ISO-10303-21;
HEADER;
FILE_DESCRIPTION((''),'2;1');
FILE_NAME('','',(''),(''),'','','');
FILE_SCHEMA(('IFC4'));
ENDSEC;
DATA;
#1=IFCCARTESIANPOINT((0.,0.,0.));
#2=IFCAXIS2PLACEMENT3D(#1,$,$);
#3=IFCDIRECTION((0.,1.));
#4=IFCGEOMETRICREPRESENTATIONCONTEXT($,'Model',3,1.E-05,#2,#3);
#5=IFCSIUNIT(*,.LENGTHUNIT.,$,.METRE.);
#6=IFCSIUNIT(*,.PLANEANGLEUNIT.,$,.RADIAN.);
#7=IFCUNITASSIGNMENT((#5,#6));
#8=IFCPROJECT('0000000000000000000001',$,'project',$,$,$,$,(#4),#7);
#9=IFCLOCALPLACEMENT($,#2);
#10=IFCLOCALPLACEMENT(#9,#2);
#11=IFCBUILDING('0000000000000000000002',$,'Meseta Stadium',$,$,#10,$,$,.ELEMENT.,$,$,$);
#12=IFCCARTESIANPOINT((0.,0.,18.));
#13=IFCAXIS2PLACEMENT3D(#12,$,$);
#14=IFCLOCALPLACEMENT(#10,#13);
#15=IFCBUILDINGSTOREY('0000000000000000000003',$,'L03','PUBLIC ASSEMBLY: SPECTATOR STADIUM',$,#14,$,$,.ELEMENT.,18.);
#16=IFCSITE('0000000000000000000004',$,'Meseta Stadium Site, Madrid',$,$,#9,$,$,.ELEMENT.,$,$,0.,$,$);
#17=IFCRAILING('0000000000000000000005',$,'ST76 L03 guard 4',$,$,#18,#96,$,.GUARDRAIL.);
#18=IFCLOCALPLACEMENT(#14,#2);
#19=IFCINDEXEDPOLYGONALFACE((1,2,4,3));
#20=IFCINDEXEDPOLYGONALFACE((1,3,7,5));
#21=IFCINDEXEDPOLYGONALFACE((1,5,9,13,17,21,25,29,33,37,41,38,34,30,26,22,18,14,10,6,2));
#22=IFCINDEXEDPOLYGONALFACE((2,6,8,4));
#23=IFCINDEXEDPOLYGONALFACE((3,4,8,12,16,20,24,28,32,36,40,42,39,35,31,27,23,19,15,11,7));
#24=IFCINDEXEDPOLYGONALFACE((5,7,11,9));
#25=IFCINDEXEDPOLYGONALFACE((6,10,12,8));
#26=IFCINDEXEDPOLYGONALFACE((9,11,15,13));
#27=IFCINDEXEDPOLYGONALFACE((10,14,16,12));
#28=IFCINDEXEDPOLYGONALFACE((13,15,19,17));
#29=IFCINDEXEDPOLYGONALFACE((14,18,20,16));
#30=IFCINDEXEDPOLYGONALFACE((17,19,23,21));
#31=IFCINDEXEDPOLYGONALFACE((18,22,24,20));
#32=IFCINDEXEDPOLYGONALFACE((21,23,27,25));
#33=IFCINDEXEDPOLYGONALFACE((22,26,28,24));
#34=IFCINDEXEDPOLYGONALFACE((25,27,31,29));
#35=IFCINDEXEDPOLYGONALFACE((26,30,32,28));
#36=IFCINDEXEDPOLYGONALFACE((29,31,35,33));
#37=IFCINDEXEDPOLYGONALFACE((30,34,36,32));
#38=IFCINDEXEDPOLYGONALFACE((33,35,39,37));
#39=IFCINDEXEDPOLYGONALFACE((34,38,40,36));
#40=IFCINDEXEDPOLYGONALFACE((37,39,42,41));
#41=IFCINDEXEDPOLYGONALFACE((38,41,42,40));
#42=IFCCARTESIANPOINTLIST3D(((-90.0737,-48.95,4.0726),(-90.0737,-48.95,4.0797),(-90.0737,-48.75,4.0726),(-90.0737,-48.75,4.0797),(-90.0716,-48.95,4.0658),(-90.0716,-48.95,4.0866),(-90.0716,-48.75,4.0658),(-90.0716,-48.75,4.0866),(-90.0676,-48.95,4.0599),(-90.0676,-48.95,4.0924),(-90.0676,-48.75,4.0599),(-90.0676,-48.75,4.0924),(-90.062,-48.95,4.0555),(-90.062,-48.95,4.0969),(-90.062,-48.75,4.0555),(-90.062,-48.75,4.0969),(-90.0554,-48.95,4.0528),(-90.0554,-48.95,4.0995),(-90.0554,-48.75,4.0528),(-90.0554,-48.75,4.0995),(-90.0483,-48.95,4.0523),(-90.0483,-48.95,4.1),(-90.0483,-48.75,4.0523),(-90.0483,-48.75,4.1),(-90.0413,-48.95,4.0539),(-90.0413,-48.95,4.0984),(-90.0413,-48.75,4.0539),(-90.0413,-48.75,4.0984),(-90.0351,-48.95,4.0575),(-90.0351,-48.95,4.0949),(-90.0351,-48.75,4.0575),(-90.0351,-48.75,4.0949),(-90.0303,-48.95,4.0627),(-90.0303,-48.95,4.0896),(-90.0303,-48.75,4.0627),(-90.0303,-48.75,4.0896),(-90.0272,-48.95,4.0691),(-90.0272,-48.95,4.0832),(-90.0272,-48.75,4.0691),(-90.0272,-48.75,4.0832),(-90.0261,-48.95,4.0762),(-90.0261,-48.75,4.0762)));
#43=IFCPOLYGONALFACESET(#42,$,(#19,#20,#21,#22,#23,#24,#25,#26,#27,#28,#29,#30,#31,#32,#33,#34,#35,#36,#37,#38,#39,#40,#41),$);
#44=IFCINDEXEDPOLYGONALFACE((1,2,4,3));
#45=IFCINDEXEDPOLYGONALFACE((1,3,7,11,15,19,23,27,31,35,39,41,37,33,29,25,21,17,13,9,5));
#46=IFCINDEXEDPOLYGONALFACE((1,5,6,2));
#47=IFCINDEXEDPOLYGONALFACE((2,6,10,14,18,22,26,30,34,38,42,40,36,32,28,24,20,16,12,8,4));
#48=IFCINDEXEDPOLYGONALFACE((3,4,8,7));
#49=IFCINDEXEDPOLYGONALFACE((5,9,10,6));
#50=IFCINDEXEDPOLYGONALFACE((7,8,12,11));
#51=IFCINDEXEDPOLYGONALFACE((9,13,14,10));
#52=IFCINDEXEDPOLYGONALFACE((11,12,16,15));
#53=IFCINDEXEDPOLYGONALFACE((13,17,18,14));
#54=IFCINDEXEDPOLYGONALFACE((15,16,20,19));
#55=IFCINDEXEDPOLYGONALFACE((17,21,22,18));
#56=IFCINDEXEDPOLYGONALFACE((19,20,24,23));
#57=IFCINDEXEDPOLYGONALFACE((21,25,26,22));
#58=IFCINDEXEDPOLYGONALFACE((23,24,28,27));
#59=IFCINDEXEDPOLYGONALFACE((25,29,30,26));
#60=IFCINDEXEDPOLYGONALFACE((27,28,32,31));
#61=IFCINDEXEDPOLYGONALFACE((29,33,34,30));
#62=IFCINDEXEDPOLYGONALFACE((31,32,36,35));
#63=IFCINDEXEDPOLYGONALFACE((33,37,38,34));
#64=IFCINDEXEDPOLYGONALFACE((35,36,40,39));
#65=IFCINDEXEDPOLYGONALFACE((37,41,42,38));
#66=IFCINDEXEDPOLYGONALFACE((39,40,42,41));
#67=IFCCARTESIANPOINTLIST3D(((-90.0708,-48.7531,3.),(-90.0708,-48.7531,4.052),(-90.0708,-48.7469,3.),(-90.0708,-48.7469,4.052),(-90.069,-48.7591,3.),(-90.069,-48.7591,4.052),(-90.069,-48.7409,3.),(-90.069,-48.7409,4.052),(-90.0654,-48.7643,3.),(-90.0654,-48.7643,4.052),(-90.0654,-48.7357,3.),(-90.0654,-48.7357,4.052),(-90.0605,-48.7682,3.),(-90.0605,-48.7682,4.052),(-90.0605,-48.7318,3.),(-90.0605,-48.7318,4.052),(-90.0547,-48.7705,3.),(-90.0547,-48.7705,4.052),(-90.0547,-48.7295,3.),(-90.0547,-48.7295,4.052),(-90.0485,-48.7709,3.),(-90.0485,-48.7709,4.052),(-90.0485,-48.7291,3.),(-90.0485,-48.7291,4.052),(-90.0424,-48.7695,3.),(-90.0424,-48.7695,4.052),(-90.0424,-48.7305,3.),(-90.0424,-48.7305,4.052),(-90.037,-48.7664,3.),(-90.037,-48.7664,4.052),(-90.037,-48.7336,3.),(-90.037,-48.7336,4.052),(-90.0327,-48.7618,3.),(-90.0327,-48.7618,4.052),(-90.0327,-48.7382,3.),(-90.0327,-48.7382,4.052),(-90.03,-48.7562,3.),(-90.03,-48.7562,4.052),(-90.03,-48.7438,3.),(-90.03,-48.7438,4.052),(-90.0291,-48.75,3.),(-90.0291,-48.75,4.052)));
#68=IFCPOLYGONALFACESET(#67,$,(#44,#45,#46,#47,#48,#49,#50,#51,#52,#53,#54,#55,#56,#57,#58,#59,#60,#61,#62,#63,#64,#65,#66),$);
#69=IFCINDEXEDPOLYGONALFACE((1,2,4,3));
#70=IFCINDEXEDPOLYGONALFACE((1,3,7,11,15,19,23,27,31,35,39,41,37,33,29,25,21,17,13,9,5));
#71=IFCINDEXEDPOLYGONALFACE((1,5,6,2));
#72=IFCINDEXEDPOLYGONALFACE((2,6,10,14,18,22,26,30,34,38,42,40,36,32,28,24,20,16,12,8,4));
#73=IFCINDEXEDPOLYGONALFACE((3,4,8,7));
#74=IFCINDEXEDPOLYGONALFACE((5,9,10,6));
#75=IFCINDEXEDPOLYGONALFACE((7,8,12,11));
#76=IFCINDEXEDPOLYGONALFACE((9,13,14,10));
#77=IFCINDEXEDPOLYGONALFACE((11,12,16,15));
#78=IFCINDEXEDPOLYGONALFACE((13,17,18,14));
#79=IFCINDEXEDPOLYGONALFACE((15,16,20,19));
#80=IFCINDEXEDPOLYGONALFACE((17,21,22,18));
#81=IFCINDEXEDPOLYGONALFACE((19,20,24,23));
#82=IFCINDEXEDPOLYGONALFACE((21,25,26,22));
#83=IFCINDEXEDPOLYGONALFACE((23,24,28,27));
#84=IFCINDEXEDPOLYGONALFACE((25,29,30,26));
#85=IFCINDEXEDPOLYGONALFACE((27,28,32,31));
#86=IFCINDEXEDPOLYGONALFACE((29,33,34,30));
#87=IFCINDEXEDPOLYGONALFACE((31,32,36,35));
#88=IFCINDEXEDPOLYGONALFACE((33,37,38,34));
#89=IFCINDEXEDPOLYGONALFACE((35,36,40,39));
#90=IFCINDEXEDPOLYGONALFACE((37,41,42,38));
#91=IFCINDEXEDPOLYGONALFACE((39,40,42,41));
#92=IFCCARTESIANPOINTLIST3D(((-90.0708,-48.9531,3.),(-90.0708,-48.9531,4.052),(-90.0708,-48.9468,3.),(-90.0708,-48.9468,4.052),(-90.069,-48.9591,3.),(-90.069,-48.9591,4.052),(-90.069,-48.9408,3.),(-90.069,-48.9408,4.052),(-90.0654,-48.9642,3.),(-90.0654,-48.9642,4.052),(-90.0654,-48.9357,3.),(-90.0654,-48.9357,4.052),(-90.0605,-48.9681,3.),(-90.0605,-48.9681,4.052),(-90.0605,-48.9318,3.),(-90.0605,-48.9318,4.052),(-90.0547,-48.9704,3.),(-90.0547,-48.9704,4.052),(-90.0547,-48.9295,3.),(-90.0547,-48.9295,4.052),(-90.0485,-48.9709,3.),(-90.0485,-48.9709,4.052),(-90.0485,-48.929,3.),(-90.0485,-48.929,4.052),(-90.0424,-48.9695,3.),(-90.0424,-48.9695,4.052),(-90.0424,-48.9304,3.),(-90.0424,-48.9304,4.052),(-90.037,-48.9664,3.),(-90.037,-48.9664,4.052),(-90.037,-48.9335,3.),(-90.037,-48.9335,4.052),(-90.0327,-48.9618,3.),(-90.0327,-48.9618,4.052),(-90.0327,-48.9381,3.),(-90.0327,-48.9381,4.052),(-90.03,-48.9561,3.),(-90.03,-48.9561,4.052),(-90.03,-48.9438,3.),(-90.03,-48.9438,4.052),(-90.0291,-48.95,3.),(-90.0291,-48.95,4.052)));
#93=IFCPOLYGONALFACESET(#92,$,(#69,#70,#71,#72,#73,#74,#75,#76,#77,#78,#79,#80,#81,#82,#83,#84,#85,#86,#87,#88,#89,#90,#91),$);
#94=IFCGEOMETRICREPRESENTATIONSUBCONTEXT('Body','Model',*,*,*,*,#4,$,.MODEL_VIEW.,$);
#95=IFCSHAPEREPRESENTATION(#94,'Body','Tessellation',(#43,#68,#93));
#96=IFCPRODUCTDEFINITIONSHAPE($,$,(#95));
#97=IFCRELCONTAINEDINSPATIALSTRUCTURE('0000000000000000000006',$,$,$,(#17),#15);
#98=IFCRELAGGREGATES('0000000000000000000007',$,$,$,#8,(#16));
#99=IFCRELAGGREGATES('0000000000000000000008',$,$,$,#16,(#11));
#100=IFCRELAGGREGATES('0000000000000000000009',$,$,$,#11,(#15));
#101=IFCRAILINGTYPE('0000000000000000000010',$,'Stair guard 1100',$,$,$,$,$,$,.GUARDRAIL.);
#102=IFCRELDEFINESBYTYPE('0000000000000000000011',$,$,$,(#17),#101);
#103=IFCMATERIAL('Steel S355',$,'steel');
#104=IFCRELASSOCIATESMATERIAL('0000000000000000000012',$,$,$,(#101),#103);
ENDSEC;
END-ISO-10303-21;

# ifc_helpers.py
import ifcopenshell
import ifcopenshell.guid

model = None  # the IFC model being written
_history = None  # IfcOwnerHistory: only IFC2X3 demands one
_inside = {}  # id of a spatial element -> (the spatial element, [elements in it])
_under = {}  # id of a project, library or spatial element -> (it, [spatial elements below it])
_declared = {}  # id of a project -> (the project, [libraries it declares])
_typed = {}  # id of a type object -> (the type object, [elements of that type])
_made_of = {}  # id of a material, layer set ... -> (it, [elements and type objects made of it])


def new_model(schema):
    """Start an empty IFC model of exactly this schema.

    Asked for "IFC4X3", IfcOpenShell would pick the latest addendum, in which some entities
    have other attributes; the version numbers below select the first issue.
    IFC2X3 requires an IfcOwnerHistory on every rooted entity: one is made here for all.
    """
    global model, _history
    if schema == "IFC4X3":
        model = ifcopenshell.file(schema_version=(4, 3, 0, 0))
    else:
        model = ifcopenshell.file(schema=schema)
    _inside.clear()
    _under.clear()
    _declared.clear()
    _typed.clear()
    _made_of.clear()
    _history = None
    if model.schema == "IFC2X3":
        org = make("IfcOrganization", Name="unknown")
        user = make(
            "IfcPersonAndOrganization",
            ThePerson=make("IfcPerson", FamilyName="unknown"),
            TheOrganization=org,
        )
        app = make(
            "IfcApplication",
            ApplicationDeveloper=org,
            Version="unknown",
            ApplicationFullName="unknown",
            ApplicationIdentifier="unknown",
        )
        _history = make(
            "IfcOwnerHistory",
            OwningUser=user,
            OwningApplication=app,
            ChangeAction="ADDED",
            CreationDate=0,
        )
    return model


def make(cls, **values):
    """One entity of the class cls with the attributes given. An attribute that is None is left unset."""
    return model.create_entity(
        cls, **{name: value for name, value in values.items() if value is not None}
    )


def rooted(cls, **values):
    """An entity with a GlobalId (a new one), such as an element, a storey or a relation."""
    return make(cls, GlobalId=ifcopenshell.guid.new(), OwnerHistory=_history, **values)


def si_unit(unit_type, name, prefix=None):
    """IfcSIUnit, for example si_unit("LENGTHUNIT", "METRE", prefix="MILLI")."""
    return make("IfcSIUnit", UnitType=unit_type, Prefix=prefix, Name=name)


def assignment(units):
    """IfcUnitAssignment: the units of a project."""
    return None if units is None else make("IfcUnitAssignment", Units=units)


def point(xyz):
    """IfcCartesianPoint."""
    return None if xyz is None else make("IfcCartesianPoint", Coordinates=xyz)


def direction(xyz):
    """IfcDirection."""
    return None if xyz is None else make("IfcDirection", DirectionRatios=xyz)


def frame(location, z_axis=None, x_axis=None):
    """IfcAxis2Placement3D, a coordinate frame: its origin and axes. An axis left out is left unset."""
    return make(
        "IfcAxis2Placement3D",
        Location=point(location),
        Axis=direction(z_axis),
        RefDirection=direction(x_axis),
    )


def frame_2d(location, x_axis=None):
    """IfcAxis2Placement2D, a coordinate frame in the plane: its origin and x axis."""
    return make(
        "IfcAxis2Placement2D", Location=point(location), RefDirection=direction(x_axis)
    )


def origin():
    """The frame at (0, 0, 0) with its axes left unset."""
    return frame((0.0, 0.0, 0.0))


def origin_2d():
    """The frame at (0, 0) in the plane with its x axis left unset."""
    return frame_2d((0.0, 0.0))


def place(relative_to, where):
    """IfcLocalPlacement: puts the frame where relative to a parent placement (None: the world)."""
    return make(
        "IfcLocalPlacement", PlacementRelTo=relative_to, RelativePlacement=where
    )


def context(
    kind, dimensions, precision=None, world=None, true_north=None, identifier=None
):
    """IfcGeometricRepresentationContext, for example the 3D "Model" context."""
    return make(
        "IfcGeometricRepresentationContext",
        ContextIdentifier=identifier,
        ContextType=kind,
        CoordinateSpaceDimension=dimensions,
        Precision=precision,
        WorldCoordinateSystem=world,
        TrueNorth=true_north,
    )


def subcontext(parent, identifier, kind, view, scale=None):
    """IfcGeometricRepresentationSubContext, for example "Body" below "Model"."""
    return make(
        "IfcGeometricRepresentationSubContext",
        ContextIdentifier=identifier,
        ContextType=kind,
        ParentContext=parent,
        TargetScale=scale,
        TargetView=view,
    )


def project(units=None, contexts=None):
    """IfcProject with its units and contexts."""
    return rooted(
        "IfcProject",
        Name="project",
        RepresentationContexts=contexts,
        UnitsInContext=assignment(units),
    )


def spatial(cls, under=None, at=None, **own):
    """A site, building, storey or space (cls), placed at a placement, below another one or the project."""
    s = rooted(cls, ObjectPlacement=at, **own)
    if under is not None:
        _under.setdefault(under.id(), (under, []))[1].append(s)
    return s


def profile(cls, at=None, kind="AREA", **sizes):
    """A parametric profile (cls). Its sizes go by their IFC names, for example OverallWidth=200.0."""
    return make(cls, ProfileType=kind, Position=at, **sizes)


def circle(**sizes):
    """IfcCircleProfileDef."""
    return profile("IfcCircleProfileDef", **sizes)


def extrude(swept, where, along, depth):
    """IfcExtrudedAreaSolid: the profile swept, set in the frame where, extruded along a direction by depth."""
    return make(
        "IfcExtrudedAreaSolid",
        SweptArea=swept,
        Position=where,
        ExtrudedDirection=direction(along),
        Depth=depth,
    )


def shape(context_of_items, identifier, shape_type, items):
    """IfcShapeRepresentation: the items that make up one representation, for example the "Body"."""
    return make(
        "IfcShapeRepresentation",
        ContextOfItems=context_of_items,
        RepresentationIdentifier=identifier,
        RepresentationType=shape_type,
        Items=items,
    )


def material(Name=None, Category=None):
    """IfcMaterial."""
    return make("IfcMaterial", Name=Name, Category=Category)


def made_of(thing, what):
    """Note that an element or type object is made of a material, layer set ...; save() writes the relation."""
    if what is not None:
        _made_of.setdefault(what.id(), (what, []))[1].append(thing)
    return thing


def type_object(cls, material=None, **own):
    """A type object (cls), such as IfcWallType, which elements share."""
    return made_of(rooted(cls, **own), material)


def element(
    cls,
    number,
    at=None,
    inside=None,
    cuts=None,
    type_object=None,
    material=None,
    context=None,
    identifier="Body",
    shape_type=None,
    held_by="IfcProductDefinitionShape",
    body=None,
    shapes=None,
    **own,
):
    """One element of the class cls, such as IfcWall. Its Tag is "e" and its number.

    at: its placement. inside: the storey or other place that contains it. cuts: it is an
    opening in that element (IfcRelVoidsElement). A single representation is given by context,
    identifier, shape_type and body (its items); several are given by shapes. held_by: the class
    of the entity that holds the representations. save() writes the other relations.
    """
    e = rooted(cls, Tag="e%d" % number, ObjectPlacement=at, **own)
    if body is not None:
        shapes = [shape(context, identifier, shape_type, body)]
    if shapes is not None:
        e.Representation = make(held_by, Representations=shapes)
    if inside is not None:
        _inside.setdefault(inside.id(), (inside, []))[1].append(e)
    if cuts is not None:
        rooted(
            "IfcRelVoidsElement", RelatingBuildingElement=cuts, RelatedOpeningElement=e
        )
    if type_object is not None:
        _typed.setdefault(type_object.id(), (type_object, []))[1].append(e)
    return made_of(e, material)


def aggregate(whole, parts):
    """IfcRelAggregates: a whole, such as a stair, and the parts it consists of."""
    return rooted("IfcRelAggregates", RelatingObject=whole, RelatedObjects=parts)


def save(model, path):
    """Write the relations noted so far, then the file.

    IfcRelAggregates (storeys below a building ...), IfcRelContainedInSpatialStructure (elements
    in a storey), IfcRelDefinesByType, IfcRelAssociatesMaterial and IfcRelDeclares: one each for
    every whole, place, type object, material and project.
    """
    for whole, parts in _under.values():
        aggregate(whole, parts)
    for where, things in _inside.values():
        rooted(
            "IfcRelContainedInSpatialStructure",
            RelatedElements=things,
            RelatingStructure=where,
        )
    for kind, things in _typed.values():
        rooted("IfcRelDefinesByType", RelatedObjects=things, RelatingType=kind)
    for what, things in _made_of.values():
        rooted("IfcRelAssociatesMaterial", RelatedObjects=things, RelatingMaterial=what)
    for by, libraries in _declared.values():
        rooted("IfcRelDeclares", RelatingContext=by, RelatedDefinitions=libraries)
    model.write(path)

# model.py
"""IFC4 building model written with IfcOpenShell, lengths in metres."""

from ifc_helpers import new_model, si_unit, direction, frame, origin, origin_2d, place, context, subcontext, project, spatial, circle, extrude, material, type_object, element, save


model = new_model("IFC4")

# Units and contexts
model_context = context("Model", 3, precision=1e-05, world=origin(), true_north=direction((0.0, 1.0)))
body_context = subcontext(model_context, "Body", "Model", "MODEL_VIEW")
ifc_project = project(units=[si_unit("LENGTHUNIT", "METRE"), si_unit("PLANEANGLEUNIT", "RADIAN")], contexts=[model_context])

# Site, building, storey
site_placement = place(None, origin())
site = spatial("IfcSite", under=ifc_project, at=site_placement, Name="Meseta Stadium Site, Madrid", CompositionType="ELEMENT", RefElevation=0.0)
building_placement = place(site_placement, origin())
building = spatial("IfcBuilding", under=site, at=building_placement, Name="Meseta Stadium", CompositionType="ELEMENT")
storey_placement = place(building_placement, frame((0.0, 0.0, 18.0)))
storey = spatial("IfcBuildingStorey", under=building, at=storey_placement, Name="L03", Description="PUBLIC ASSEMBLY: SPECTATOR STADIUM", CompositionType="ELEMENT", Elevation=18.0)

# Railing
ifc_material_1 = material(Name="Steel S355", Category="steel")
railing_type_1 = type_object("IfcRailingType", Name="Stair guard 1100", PredefinedType="GUARDRAIL", material=ifc_material_1)
railing_1_placement = place(storey_placement, frame((-90.05, -48.75, 3.0)))
element("IfcRailing", 1, at=railing_1_placement, inside=storey, type_object=railing_type_1, Name="ST76 L03 guard 4", PredefinedType="GUARDRAIL", context=body_context, shape_type="SweptSolid", body=[
    extrude(circle(Radius=0.0239, at=origin_2d()), frame((0.0, 0.0, 1.0762), z_axis=(0.0, -1.0, 0.0), x_axis=(1.0, 0.0, 0.0)), (0.0, 0.0, 1.0), 0.2),
    extrude(circle(Radius=0.021, at=origin_2d()), origin(), (0.0, 0.0, 1.0), 1.052),
    extrude(circle(Radius=0.021, at=origin_2d()), frame((0.0, -0.2, 0.0)), (0.0, 0.0, 1.0), 1.052),
])

save(model, "model.ifc")
